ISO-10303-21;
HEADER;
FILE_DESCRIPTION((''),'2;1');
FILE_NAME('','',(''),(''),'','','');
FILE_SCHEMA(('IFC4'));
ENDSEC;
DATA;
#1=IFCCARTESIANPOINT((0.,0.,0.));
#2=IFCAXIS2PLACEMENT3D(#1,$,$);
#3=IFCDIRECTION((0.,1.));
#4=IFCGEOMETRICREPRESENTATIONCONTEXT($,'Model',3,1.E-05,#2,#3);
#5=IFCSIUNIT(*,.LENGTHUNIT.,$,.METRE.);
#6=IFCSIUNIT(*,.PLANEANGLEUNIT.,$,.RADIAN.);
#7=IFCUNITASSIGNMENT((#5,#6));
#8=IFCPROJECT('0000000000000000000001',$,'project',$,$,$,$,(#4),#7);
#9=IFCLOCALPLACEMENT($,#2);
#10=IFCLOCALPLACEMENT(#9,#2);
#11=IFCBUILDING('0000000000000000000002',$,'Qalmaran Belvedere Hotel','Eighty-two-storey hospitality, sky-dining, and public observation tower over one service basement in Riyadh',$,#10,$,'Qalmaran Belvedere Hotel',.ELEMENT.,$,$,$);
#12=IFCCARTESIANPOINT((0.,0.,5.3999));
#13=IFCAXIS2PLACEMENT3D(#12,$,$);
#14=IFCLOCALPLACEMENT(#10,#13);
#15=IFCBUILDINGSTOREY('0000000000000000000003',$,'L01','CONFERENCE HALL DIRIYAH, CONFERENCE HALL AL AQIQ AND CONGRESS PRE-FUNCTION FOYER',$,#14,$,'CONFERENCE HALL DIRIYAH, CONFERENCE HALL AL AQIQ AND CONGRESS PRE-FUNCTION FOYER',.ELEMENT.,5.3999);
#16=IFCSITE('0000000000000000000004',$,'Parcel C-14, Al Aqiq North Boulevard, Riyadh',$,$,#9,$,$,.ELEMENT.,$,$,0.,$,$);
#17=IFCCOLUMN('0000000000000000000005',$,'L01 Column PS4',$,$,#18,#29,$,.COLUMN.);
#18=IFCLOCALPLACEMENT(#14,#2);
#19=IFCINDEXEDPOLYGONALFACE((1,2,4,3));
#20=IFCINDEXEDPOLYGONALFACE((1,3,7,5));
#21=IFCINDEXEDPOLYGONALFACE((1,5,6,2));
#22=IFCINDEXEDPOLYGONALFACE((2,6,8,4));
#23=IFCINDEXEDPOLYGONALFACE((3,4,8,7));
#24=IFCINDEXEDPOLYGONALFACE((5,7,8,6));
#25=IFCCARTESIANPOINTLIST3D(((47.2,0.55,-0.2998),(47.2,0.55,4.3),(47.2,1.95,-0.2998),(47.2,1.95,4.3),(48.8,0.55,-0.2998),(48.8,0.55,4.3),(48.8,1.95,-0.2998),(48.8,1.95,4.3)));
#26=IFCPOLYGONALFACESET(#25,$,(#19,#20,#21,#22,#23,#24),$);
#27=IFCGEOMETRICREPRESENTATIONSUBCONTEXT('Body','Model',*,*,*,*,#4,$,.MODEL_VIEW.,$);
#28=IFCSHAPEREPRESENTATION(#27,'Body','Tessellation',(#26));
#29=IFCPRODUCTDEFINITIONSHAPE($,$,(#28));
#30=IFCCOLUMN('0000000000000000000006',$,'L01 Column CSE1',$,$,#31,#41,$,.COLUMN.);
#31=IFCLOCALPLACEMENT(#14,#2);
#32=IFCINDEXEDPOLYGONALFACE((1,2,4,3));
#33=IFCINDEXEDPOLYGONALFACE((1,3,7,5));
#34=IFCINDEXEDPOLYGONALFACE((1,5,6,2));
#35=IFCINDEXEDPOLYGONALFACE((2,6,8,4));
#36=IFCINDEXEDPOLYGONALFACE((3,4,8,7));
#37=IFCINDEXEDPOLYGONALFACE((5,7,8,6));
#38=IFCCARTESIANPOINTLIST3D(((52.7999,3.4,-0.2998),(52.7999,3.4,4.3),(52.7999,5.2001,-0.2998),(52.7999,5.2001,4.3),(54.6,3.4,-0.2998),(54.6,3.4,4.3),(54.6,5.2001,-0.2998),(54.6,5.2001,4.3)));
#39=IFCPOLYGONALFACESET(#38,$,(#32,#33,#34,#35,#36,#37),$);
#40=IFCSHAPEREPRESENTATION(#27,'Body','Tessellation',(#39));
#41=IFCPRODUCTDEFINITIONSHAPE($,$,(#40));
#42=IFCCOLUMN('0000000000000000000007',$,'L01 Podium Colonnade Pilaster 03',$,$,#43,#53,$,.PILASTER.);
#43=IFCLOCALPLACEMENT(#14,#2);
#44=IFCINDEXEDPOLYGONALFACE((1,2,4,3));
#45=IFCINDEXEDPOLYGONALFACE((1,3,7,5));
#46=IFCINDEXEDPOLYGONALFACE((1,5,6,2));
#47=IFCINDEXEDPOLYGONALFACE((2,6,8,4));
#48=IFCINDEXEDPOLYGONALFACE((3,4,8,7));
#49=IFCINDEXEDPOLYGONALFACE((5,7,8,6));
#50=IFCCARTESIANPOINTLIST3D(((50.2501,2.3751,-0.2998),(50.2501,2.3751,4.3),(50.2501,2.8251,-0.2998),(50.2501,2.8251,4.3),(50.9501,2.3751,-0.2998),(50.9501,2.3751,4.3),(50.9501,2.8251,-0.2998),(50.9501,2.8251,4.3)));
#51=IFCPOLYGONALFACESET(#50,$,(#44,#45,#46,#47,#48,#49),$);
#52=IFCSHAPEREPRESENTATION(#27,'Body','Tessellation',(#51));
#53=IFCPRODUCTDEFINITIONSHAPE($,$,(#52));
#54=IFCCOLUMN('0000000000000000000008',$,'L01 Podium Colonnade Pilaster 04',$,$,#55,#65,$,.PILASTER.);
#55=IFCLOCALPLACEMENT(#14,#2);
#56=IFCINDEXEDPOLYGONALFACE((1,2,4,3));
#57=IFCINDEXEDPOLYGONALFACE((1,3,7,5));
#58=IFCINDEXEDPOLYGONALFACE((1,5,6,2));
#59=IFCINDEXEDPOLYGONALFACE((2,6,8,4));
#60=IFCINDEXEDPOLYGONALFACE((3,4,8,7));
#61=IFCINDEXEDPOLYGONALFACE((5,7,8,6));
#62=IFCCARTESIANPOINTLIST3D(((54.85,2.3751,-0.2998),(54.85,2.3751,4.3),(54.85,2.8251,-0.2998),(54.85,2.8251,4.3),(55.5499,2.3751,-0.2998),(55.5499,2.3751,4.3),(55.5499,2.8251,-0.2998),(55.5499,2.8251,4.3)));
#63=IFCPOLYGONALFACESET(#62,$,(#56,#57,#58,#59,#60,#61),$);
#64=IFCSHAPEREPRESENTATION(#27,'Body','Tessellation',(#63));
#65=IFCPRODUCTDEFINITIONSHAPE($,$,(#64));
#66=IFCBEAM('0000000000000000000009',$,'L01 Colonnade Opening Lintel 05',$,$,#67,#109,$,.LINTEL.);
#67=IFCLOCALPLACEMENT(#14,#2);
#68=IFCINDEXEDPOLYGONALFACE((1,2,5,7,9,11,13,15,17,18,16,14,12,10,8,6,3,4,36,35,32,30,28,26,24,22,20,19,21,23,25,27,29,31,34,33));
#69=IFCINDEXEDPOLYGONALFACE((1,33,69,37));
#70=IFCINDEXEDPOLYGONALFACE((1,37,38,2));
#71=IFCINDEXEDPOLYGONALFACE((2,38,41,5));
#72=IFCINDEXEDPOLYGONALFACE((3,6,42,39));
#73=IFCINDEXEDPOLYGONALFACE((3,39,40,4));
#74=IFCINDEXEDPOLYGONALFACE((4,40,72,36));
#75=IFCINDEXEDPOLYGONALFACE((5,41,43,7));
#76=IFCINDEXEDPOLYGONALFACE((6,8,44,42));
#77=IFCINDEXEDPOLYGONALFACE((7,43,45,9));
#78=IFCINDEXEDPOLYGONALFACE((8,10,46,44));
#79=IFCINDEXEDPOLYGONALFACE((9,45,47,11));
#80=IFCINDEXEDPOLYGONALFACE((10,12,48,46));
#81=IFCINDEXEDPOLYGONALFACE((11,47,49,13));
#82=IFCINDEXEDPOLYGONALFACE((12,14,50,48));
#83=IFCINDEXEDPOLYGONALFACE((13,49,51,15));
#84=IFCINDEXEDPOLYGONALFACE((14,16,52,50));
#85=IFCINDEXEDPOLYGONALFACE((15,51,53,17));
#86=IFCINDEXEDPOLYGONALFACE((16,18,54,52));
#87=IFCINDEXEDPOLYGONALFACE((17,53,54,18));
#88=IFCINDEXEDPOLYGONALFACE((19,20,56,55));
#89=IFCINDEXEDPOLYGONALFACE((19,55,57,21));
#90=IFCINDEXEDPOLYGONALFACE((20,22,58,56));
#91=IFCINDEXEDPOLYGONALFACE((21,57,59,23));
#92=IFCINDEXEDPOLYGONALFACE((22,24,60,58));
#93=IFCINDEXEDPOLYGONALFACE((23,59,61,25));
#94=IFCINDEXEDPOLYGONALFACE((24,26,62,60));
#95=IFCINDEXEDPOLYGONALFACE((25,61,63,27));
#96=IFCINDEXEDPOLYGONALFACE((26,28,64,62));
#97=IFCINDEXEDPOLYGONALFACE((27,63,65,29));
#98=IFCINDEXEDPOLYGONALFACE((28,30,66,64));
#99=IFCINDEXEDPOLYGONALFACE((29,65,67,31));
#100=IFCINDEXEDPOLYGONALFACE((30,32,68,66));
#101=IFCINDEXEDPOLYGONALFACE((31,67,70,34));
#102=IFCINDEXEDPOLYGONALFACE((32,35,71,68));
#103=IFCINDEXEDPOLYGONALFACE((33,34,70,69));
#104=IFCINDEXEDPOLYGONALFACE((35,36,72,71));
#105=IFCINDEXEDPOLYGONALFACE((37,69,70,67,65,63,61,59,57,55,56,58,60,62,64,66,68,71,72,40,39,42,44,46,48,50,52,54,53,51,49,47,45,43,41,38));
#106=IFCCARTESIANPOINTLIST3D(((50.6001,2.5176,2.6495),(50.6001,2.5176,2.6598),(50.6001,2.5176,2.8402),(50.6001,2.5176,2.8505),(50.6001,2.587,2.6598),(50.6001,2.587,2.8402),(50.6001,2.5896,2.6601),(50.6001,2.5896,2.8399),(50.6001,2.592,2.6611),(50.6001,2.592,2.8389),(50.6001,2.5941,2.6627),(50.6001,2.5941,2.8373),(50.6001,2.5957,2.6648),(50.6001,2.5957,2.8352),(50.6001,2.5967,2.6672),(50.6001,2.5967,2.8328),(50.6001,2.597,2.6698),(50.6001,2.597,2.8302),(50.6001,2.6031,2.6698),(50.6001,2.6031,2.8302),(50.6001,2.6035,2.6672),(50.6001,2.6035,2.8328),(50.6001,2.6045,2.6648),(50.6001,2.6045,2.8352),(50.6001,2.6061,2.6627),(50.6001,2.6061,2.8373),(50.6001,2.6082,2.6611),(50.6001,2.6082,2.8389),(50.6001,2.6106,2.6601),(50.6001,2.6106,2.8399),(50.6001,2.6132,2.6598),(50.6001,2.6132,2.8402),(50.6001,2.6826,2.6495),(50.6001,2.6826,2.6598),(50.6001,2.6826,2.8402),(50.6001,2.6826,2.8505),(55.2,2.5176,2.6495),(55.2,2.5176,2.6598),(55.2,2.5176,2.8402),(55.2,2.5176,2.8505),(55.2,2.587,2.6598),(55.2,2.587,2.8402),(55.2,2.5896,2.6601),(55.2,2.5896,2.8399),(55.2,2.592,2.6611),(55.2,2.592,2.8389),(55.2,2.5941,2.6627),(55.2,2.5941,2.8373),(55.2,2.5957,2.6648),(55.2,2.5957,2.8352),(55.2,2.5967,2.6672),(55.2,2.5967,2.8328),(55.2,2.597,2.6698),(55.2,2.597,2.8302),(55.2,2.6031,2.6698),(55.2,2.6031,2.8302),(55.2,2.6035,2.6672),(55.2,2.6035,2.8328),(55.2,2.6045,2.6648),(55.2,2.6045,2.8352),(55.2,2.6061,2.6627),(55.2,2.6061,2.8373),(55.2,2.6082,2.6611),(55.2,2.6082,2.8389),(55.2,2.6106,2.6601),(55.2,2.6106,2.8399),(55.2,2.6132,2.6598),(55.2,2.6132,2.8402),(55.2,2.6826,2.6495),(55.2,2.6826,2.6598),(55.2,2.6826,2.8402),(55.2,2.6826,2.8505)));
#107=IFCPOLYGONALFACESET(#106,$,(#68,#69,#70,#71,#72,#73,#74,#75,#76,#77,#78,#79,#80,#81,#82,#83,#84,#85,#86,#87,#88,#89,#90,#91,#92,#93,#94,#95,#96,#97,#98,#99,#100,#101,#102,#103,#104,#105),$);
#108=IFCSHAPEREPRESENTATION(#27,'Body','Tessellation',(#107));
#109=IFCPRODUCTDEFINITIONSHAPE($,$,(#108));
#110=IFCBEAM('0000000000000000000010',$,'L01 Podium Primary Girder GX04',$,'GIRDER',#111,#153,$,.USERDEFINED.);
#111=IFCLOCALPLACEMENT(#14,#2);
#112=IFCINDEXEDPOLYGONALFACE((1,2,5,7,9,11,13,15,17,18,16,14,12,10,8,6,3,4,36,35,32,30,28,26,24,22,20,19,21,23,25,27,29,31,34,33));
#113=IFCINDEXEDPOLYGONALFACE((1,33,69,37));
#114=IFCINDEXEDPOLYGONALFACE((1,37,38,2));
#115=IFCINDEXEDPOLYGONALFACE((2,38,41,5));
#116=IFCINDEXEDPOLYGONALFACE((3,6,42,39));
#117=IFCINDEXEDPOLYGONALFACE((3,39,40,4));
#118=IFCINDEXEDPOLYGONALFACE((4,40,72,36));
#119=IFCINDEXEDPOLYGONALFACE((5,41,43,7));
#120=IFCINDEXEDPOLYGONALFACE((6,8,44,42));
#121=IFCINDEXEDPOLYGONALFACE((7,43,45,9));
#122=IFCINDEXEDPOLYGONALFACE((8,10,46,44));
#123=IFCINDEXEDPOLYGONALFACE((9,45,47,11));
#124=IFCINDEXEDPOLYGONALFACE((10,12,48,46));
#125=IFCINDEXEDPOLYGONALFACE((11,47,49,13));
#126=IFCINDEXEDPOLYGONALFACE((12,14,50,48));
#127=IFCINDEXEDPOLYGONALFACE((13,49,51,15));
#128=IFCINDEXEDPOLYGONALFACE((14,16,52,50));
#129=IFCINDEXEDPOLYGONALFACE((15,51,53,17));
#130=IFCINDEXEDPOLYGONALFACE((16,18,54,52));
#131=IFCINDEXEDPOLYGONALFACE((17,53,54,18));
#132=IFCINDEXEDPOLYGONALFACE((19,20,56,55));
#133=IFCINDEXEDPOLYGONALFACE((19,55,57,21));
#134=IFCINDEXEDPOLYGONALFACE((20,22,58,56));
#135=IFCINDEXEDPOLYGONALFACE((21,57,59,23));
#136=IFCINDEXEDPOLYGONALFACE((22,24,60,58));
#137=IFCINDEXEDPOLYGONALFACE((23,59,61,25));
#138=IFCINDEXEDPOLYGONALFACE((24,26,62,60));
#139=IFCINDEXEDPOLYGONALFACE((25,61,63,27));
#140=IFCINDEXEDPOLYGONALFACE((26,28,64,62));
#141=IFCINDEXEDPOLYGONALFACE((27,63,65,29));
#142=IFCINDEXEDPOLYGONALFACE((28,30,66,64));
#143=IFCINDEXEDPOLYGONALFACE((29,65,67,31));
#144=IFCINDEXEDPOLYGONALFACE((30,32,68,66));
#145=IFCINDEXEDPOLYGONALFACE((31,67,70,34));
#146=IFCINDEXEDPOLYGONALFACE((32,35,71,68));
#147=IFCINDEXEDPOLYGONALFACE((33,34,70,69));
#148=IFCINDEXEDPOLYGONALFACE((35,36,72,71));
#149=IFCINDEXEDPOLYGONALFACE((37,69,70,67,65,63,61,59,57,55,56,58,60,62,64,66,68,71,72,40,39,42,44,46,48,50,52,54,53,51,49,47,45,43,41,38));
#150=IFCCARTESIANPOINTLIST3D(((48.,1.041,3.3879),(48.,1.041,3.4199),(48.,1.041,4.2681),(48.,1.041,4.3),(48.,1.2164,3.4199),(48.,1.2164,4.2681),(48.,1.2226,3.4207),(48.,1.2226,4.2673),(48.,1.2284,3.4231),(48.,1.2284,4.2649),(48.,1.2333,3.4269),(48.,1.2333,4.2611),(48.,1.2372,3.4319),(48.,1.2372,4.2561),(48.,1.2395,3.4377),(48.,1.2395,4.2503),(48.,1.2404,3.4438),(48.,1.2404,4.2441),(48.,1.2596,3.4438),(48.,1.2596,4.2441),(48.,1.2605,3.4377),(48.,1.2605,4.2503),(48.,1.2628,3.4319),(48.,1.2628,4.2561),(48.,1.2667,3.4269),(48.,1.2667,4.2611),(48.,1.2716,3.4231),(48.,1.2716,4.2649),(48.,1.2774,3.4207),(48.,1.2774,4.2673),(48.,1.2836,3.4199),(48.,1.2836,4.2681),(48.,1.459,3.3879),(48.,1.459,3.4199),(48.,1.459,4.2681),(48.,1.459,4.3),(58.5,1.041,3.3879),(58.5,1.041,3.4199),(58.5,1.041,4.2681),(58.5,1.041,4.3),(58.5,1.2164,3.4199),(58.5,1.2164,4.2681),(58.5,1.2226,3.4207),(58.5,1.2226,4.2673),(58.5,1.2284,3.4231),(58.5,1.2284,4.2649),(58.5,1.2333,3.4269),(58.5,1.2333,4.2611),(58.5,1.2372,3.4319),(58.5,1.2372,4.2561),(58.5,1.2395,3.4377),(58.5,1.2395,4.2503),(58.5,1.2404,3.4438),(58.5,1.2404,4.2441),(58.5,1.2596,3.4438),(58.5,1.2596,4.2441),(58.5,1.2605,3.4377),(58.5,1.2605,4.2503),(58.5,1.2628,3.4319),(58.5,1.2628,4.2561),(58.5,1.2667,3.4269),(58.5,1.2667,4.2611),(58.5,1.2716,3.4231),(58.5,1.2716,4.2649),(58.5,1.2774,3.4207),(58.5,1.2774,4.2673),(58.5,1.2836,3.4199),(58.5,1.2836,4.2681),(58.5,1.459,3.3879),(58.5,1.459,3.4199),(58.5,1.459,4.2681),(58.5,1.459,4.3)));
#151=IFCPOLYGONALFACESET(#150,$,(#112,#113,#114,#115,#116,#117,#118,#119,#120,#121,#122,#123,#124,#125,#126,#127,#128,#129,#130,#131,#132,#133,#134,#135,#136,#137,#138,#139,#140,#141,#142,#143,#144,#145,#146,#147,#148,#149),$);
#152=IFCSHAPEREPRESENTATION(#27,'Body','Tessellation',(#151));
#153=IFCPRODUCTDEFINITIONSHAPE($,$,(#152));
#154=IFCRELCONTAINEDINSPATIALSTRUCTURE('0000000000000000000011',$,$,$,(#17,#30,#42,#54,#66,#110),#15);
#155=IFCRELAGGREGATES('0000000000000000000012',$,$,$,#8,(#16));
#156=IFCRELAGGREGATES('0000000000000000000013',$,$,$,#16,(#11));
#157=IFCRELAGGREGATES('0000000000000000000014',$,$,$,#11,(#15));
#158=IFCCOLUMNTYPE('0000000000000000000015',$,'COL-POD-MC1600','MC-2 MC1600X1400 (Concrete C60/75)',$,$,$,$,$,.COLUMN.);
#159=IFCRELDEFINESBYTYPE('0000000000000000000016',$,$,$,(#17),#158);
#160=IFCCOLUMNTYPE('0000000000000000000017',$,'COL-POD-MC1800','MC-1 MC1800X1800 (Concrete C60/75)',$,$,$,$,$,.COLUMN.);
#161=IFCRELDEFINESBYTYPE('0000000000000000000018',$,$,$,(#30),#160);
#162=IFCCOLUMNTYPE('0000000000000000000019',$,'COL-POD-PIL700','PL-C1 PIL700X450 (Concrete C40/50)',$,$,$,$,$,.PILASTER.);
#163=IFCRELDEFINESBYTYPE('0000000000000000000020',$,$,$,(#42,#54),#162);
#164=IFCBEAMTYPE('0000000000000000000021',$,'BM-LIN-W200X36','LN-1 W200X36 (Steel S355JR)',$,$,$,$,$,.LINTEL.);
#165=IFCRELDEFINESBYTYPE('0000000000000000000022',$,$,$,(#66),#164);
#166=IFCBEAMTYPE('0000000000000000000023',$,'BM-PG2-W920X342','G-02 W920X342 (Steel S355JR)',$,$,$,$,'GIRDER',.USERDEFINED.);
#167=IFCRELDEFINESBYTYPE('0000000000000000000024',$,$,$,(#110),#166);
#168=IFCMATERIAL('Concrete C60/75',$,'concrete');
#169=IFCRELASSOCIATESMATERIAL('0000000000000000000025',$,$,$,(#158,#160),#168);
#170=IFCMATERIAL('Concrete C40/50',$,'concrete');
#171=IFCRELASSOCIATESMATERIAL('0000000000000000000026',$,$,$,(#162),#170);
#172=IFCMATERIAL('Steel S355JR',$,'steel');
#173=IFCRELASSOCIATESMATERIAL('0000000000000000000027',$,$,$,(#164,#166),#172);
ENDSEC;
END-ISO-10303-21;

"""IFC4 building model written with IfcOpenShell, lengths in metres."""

from ifc_helpers import new_model, si_unit, direction, frame, origin, origin_2d, place, context, subcontext, project, spatial, rectangle, i_section, extrude, material, material_profile, profile_set, type_object, element, save


model = new_model("IFC4")

# Units and contexts
model_context = context("Model", 3, precision=1e-05, world=origin(), true_north=direction((0.0, 1.0)))
body_context = subcontext(model_context, "Body", "Model", "MODEL_VIEW")
ifc_project = project(units=[si_unit("LENGTHUNIT", "METRE"), si_unit("PLANEANGLEUNIT", "RADIAN")], contexts=[model_context])

# Site, building, storey
site_placement = place(None, origin())
site = spatial("IfcSite", under=ifc_project, at=site_placement, Name="Parcel C-14, Al Aqiq North Boulevard, Riyadh", CompositionType="ELEMENT", RefElevation=0.0)
building_placement = place(site_placement, origin())
building = spatial("IfcBuilding", under=site, at=building_placement, Name="Qalmaran Belvedere Hotel", Description="Eighty-two-storey hospitality, sky-dining, and public observation tower over one service basement in Riyadh", LongName="Qalmaran Belvedere Hotel", CompositionType="ELEMENT")
storey_placement = place(building_placement, frame((0.0, 0.0, 5.3999)))
storey = spatial("IfcBuildingStorey", under=building, at=storey_placement, Name="L01", Description="CONFERENCE HALL DIRIYAH, CONFERENCE HALL AL AQIQ AND CONGRESS PRE-FUNCTION FOYER", LongName="CONFERENCE HALL DIRIYAH, CONFERENCE HALL AL AQIQ AND CONGRESS PRE-FUNCTION FOYER", CompositionType="ELEMENT", Elevation=5.3999)

# Columns
ifc_material_1 = material(Name="Concrete C60/75", Category="concrete")
ifc_material_profile_1 = material_profile(ifc_material_1, rectangle(XDim=1.6001, YDim=1.3999, at=origin_2d()), Name="MC1600X1400")
ifc_profile_set_1 = profile_set([ifc_material_profile_1], Name="Concrete C60/75")
column_type_1 = type_object("IfcColumnType", Name="COL-POD-MC1600", Description="MC-2 MC1600X1400 (Concrete C60/75)", PredefinedType="COLUMN", material=ifc_profile_set_1)
column_1_placement = place(storey_placement, frame((48.0, 1.25, -0.2998), z_axis=(0.0, 0.0, 1.0), x_axis=(1.0, 0.0, 0.0)))
element("IfcColumn", 1, at=column_1_placement, inside=storey, type_object=column_type_1, Name="L01 Column PS4", PredefinedType="COLUMN", context=body_context, shape_type="SweptSolid", body=[
    extrude(rectangle(XDim=1.6001, YDim=1.3999, at=origin_2d()), origin(), (0.0, 0.0, 1.0), 4.5999),
])
ifc_material_profile_2 = material_profile(ifc_material_1, rectangle(XDim=1.8, YDim=1.8, at=origin_2d()), Name="MC1800X1800")
ifc_profile_set_2 = profile_set([ifc_material_profile_2], Name="Concrete C60/75")
column_type_2 = type_object("IfcColumnType", Name="COL-POD-MC1800", Description="MC-1 MC1800X1800 (Concrete C60/75)", PredefinedType="COLUMN", material=ifc_profile_set_2)
column_2_placement = place(storey_placement, frame((53.7, 4.3, -0.2998), z_axis=(0.0, 0.0, 1.0), x_axis=(1.0, 0.0, 0.0)))
element("IfcColumn", 2, at=column_2_placement, inside=storey, type_object=column_type_2, Name="L01 Column CSE1", PredefinedType="COLUMN", context=body_context, shape_type="SweptSolid", body=[
    extrude(rectangle(XDim=1.8, YDim=1.8, at=origin_2d()), origin(), (0.0, 0.0, 1.0), 4.5999),
])
ifc_material_2 = material(Name="Concrete C40/50", Category="concrete")
ifc_material_profile_3 = material_profile(ifc_material_2, rectangle(XDim=0.7, YDim=0.45, at=origin_2d()), Name="PIL700X450")
ifc_profile_set_3 = profile_set([ifc_material_profile_3], Name="Concrete C40/50")
column_type_3 = type_object("IfcColumnType", Name="COL-POD-PIL700", Description="PL-C1 PIL700X450 (Concrete C40/50)", PredefinedType="PILASTER", material=ifc_profile_set_3)
for number, where, z_axis, x_axis, name in (
    (3, (50.6001, 2.6001, -0.2998), (0.0, 0.0, 1.0), (1.0, 0.0, 0.0), "L01 Podium Colonnade Pilaster 03"),
    (4, (55.2, 2.6001, -0.2998), (0.0, 0.0, 1.0), (1.0, 0.0, 0.0), "L01 Podium Colonnade Pilaster 04"),
):
    element("IfcColumn", number, at=place(storey_placement, frame(where, z_axis=z_axis, x_axis=x_axis)), inside=storey, type_object=column_type_3, Name=name, PredefinedType="PILASTER", context=body_context, shape_type="SweptSolid", body=[
        extrude(rectangle(XDim=0.7, YDim=0.45, at=origin_2d()), origin(), (0.0, 0.0, 1.0), 4.5999),
    ])

# Beams
ifc_material_3 = material(Name="Steel S355JR", Category="steel")
ifc_material_profile_4 = material_profile(ifc_material_3, i_section(OverallWidth=0.165, OverallDepth=0.2009, WebThickness=0.0061, FlangeThickness=0.0103, FilletRadius=0.01, at=origin_2d()), Name="W200X36")
ifc_profile_set_4 = profile_set([ifc_material_profile_4], Name="Steel S355JR")
beam_type_1 = type_object("IfcBeamType", Name="BM-LIN-W200X36", Description="LN-1 W200X36 (Steel S355JR)", PredefinedType="LINTEL", material=ifc_profile_set_4)
beam_1_placement = place(storey_placement, frame((50.6001, 2.6001, 2.75), z_axis=(1.0, 0.0, 0.0), x_axis=(0.0, 1.0, 0.0)))
element("IfcBeam", 5, at=beam_1_placement, inside=storey, type_object=beam_type_1, Name="L01 Colonnade Opening Lintel 05", PredefinedType="LINTEL", context=body_context, shape_type="SweptSolid", body=[
    extrude(i_section(OverallWidth=0.165, OverallDepth=0.2009, WebThickness=0.0061, FlangeThickness=0.0103, FilletRadius=0.01, at=origin_2d()), origin(), (0.0, 0.0, 1.0), 4.5999),
])
ifc_material_profile_5 = material_profile(ifc_material_3, i_section(OverallWidth=0.418, OverallDepth=0.9121, WebThickness=0.0193, FlangeThickness=0.032, FilletRadius=0.0239, at=origin_2d()), Name="W920X342")
ifc_profile_set_5 = profile_set([ifc_material_profile_5], Name="Steel S355JR")
beam_type_2 = type_object("IfcBeamType", Name="BM-PG2-W920X342", Description="G-02 W920X342 (Steel S355JR)", ElementType="GIRDER", PredefinedType="USERDEFINED", material=ifc_profile_set_5)
beam_2_placement = place(storey_placement, frame((48.0, 1.25, 3.844), z_axis=(1.0, 0.0, 0.0), x_axis=(0.0, 1.0, 0.0)))
element("IfcBeam", 6, at=beam_2_placement, inside=storey, type_object=beam_type_2, Name="L01 Podium Primary Girder GX04", ObjectType="GIRDER", PredefinedType="USERDEFINED", context=body_context, shape_type="SweptSolid", body=[
    extrude(i_section(OverallWidth=0.418, OverallDepth=0.9121, WebThickness=0.0193, FlangeThickness=0.032, FilletRadius=0.0239, at=origin_2d()), origin(), (0.0, 0.0, 1.0), 10.5),
])

save(model, "model.ifc")
